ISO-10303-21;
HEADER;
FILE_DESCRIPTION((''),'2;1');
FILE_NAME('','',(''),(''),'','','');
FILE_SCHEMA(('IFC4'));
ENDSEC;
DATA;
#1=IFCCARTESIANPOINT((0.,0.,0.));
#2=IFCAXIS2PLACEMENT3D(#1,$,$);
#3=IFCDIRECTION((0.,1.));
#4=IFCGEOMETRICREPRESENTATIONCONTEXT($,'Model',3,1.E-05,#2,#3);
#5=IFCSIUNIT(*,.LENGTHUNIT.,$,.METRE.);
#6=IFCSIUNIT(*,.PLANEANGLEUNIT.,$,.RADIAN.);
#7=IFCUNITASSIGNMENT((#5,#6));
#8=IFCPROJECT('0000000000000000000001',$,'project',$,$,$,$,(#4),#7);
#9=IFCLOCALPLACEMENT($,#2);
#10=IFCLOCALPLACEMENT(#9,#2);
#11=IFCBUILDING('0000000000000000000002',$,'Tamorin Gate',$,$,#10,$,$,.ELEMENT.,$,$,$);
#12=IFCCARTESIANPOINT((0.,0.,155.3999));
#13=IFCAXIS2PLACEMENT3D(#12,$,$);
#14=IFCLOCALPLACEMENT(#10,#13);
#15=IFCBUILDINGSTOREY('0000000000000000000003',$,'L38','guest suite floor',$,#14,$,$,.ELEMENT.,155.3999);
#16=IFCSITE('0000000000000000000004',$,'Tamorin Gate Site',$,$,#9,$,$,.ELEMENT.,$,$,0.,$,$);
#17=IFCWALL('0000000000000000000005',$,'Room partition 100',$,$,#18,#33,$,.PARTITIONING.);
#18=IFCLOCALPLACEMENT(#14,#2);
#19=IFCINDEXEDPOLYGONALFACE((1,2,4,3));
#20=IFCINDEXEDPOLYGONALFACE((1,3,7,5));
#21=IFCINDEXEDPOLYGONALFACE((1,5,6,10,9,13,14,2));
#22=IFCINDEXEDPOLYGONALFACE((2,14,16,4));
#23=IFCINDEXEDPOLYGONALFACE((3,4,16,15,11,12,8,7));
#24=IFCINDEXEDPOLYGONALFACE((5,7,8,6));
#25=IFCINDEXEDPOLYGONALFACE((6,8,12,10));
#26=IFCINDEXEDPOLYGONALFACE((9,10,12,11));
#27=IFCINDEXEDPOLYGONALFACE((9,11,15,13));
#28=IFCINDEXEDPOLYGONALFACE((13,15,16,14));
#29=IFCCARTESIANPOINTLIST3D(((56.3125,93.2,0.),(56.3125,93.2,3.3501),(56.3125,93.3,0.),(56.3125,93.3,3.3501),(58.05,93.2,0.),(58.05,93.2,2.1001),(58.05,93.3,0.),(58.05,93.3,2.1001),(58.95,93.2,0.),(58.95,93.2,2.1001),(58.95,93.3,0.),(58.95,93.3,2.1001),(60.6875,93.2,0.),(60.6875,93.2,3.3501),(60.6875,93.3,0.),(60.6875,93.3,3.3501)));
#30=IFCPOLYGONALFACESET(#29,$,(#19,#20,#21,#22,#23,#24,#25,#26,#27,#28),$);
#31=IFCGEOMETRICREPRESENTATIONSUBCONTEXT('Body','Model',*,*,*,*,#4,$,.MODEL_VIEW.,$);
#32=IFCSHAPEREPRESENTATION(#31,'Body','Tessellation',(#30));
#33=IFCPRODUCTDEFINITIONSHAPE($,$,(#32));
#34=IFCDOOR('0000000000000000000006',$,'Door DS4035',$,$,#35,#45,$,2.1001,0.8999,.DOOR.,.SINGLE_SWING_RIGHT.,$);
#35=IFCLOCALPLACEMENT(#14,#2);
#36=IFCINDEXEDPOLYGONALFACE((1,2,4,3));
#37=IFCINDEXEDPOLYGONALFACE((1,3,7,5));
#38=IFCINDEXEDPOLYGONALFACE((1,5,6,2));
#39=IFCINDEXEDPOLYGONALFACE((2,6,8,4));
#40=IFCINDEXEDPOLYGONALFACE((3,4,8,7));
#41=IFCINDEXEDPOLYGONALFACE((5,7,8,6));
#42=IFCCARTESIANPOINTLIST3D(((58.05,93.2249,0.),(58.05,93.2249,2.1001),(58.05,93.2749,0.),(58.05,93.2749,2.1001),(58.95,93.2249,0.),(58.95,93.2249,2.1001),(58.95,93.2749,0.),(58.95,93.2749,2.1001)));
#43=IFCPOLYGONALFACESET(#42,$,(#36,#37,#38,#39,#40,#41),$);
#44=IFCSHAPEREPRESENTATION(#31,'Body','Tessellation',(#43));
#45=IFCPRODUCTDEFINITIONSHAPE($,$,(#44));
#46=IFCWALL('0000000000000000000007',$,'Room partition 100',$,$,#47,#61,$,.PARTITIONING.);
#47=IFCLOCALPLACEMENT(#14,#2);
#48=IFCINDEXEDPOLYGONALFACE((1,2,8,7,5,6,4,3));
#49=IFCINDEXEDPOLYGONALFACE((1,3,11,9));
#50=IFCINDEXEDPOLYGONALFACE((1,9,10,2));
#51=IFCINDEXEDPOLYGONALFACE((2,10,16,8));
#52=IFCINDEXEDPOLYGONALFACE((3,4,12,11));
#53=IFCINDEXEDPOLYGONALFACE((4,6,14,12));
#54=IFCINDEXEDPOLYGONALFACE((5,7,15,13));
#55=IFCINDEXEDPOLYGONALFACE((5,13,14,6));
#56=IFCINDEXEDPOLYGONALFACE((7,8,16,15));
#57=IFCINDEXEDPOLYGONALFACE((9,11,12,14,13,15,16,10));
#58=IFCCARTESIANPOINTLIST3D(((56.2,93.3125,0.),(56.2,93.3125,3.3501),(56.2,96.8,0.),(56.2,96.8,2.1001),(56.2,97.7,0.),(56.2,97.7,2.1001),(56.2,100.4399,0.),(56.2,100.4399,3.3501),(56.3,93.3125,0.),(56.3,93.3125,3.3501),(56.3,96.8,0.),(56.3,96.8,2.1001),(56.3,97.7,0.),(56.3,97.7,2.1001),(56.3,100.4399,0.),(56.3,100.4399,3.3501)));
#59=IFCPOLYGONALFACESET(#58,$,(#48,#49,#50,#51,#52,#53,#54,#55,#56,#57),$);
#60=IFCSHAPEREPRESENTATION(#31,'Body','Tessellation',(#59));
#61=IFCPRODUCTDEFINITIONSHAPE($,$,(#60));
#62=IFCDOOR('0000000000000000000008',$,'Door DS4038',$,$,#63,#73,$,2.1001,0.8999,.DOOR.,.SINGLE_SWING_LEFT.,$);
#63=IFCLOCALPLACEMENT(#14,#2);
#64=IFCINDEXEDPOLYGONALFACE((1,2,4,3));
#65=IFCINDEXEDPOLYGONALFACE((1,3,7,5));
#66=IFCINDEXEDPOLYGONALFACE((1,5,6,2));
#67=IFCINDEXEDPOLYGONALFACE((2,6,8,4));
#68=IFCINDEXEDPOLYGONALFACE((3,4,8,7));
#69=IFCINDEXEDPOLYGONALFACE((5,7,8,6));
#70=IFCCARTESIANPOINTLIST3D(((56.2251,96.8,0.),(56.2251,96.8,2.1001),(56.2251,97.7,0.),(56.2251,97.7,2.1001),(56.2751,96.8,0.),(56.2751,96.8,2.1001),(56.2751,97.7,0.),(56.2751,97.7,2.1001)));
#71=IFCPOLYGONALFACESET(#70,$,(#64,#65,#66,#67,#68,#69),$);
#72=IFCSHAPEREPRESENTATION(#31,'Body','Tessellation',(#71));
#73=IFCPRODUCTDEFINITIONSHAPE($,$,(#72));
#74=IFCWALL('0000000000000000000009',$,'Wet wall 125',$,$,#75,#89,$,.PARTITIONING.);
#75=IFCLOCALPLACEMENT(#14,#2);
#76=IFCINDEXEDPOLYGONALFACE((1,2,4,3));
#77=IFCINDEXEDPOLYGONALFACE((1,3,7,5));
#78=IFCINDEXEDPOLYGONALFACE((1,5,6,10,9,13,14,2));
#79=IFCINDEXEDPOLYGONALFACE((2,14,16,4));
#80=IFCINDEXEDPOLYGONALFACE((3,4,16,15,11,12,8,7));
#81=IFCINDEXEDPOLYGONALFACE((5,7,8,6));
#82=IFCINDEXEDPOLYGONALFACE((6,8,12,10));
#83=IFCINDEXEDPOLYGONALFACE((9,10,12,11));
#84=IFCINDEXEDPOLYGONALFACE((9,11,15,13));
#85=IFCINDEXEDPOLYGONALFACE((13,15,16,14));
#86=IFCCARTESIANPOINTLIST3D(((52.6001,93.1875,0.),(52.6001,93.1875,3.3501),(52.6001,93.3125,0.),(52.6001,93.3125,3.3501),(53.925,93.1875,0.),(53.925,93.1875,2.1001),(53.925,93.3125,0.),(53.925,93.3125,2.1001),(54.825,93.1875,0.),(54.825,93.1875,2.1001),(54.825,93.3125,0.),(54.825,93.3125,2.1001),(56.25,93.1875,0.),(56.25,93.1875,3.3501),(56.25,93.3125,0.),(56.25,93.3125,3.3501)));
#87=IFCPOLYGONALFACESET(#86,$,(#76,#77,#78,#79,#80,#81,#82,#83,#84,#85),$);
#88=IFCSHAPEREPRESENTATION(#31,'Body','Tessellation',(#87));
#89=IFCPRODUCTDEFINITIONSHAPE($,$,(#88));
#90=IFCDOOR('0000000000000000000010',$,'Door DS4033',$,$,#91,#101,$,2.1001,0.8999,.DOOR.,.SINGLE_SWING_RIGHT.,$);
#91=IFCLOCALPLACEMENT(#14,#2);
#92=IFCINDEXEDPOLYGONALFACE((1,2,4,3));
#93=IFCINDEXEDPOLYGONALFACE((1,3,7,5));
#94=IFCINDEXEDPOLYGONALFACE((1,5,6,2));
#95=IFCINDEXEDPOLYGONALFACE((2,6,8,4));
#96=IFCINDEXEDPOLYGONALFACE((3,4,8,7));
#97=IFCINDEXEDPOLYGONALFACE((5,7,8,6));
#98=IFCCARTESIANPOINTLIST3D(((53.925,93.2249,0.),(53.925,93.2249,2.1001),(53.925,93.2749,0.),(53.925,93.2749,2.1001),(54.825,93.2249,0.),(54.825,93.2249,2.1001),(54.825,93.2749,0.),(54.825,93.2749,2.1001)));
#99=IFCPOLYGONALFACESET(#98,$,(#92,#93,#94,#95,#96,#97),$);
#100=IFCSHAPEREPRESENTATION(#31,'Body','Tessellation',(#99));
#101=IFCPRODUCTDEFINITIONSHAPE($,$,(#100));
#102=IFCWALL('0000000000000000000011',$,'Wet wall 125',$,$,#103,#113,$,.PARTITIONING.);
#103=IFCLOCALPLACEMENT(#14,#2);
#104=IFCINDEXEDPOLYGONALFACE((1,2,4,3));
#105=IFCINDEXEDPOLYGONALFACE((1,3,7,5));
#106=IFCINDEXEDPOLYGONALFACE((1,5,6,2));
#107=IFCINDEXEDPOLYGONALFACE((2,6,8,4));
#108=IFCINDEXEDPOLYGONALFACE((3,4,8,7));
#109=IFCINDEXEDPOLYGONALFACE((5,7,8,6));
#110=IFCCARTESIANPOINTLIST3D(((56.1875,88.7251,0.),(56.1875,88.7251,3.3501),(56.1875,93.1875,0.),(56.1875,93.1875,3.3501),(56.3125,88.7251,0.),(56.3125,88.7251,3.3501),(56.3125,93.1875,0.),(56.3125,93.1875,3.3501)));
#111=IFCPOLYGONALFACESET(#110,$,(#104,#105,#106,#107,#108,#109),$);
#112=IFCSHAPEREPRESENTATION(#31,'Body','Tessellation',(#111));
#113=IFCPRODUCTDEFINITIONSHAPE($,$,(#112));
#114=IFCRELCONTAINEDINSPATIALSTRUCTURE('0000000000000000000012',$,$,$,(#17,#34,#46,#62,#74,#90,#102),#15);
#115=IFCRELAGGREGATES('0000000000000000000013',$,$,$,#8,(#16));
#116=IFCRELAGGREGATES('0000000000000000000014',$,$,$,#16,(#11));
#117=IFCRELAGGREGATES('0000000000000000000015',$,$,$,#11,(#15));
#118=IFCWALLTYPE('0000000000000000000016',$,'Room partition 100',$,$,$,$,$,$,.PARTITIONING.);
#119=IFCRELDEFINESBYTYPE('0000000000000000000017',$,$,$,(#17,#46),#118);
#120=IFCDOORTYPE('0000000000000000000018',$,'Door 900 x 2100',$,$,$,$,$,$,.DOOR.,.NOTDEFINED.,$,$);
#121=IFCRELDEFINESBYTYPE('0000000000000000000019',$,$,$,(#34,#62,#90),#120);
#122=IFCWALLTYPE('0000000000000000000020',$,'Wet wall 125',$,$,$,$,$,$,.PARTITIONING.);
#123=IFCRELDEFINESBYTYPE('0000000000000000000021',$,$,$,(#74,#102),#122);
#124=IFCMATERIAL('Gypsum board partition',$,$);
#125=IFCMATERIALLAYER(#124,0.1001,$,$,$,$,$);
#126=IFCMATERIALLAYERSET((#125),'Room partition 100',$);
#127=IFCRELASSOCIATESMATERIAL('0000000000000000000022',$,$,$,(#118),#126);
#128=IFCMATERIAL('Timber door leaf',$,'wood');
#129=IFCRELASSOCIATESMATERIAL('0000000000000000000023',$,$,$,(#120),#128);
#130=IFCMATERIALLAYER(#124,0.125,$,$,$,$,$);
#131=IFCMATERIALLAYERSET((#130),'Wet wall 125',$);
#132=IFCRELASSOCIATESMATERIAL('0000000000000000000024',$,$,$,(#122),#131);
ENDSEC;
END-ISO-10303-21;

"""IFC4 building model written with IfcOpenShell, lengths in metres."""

from ifc_helpers import new_model, si_unit, direction, frame, frame_2d, origin, place, context, subcontext, project, spatial, rectangle, extrude, material, layer, layer_set, type_object, element, fill, save


model = new_model("IFC4")

# Units and contexts
model_context = context("Model", 3, precision=1e-05, world=origin(), true_north=direction((0.0, 1.0)))
body_context = subcontext(model_context, "Body", "Model", "MODEL_VIEW")
ifc_project = project(units=[si_unit("LENGTHUNIT", "METRE"), si_unit("PLANEANGLEUNIT", "RADIAN")], contexts=[model_context])

# Site, building, storey
site_placement = place(None, origin())
site = spatial("IfcSite", under=ifc_project, at=site_placement, Name="Tamorin Gate Site", CompositionType="ELEMENT", RefElevation=0.0)
building_placement = place(site_placement, origin())
building = spatial("IfcBuilding", under=site, at=building_placement, Name="Tamorin Gate", CompositionType="ELEMENT")
storey_placement = place(building_placement, frame((0.0, 0.0, 155.3999)))
storey = spatial("IfcBuildingStorey", under=building, at=storey_placement, Name="L38", Description="guest suite floor", CompositionType="ELEMENT", Elevation=155.3999)

# Shared definitions
ifc_material_1 = material(Name="Gypsum board partition")

# Walls, openings, doors
ifc_layer_1 = layer(ifc_material_1, 0.1001)
ifc_layer_set_1 = layer_set([ifc_layer_1], Name="Room partition 100")
wall_type_1 = type_object("IfcWallType", Name="Room partition 100", PredefinedType="PARTITIONING", material=ifc_layer_set_1)
ifc_material_2 = material(Name="Timber door leaf", Category="wood")
wall_1_placement = place(storey_placement, frame((56.3125, 93.25, 0.0), z_axis=(0.0, 0.0, 1.0), x_axis=(1.0, 0.0, 0.0)))
wall_1 = element("IfcWall", 1, at=wall_1_placement, inside=storey, type_object=wall_type_1, Name="Room partition 100", PredefinedType="PARTITIONING", context=body_context, shape_type="SweptSolid", body=[
    extrude(rectangle(XDim=4.375, YDim=0.1001, at=frame_2d((2.1875, 0.0))), origin(), (0.0, 0.0, 1.0), 3.3501),
])
opening_1_placement = place(wall_1_placement, frame((1.7375, 0.0, 0.0)))
opening_1 = element("IfcOpeningElement", 2, at=opening_1_placement, cuts=wall_1, PredefinedType="OPENING", context=body_context, shape_type="SweptSolid", body=[
    extrude(rectangle(XDim=0.8999, YDim=2.1001, at=frame_2d((0.45, 1.05))), frame((0.0, 0.0601, 0.0), z_axis=(0.0, -1.0, 0.0), x_axis=(1.0, 0.0, 0.0)), (0.0, 0.0, 1.0), 0.1201),
])
door_type_1 = type_object("IfcDoorType", Name="Door 900 x 2100", OperationType="NOTDEFINED", PredefinedType="DOOR", material=ifc_material_2)
door_1_placement = place(opening_1_placement, origin())
door_1 = element("IfcDoor", 3, at=door_1_placement, inside=storey, type_object=door_type_1, Name="Door DS4035", OperationType="SINGLE_SWING_RIGHT", OverallHeight=2.1001, OverallWidth=0.8999, PredefinedType="DOOR", context=body_context, shape_type="SweptSolid", body=[
    extrude(rectangle(XDim=0.8999, YDim=2.1001, at=frame_2d((0.45, 1.05))), frame((0.0, 0.0249, 0.0), z_axis=(0.0, -1.0, 0.0), x_axis=(1.0, 0.0, 0.0)), (0.0, 0.0, 1.0), 0.05),
])
fill(opening_1, door_1)
wall_2_placement = place(storey_placement, frame((56.25, 93.3125, 0.0), z_axis=(0.0, 0.0, 1.0), x_axis=(0.0, 1.0, 0.0)))
wall_2 = element("IfcWall", 4, at=wall_2_placement, inside=storey, type_object=wall_type_1, Name="Room partition 100", PredefinedType="PARTITIONING", context=body_context, shape_type="SweptSolid", body=[
    extrude(rectangle(XDim=7.1274, YDim=0.1001, at=frame_2d((3.5637, 0.0))), origin(), (0.0, 0.0, 1.0), 3.3501),
])
opening_2_placement = place(wall_2_placement, frame((3.4875, 0.0, 0.0)))
opening_2 = element("IfcOpeningElement", 5, at=opening_2_placement, cuts=wall_2, PredefinedType="OPENING", context=body_context, shape_type="SweptSolid", body=[
    extrude(rectangle(XDim=0.8999, YDim=2.1001, at=frame_2d((0.45, 1.05))), frame((0.0, 0.0601, 0.0), z_axis=(0.0, -1.0, 0.0), x_axis=(1.0, 0.0, 0.0)), (0.0, 0.0, 1.0), 0.1201),
])
door_2_placement = place(opening_2_placement, origin())
door_2 = element("IfcDoor", 6, at=door_2_placement, inside=storey, type_object=door_type_1, Name="Door DS4038", OperationType="SINGLE_SWING_LEFT", OverallHeight=2.1001, OverallWidth=0.8999, PredefinedType="DOOR", context=body_context, shape_type="SweptSolid", body=[
    extrude(rectangle(XDim=0.8999, YDim=2.1001, at=frame_2d((0.45, 1.05))), frame((0.0, 0.0249, 0.0), z_axis=(0.0, -1.0, 0.0), x_axis=(1.0, 0.0, 0.0)), (0.0, 0.0, 1.0), 0.05),
])
fill(opening_2, door_2)
ifc_layer_2 = layer(ifc_material_1, 0.125)
ifc_layer_set_2 = layer_set([ifc_layer_2], Name="Wet wall 125")
wall_type_2 = type_object("IfcWallType", Name="Wet wall 125", PredefinedType="PARTITIONING", material=ifc_layer_set_2)
wall_3_placement = place(storey_placement, frame((52.6001, 93.25, 0.0), z_axis=(0.0, 0.0, 1.0), x_axis=(1.0, 0.0, 0.0)))
wall_3 = element("IfcWall", 7, at=wall_3_placement, inside=storey, type_object=wall_type_2, Name="Wet wall 125", PredefinedType="PARTITIONING", context=body_context, shape_type="SweptSolid", body=[
    extrude(rectangle(XDim=3.6499, YDim=0.125, at=frame_2d((1.825, 0.0))), origin(), (0.0, 0.0, 1.0), 3.3501),
])
opening_3_placement = place(wall_3_placement, frame((1.325, 0.0, 0.0)))
opening_3 = element("IfcOpeningElement", 8, at=opening_3_placement, cuts=wall_3, PredefinedType="OPENING", context=body_context, shape_type="SweptSolid", body=[
    extrude(rectangle(XDim=0.8999, YDim=2.1001, at=frame_2d((0.45, 1.05))), frame((0.0, 0.0725, 0.0), z_axis=(0.0, -1.0, 0.0), x_axis=(1.0, 0.0, 0.0)), (0.0, 0.0, 1.0), 0.145),
])
door_3_placement = place(opening_3_placement, origin())
door_3 = element("IfcDoor", 9, at=door_3_placement, inside=storey, type_object=door_type_1, Name="Door DS4033", OperationType="SINGLE_SWING_RIGHT", OverallHeight=2.1001, OverallWidth=0.8999, PredefinedType="DOOR", context=body_context, shape_type="SweptSolid", body=[
    extrude(rectangle(XDim=0.8999, YDim=2.1001, at=frame_2d((0.45, 1.05))), frame((0.0, 0.0249, 0.0), z_axis=(0.0, -1.0, 0.0), x_axis=(1.0, 0.0, 0.0)), (0.0, 0.0, 1.0), 0.05),
])
fill(opening_3, door_3)

# Wall
wall_4_placement = place(storey_placement, frame((56.25, 88.7251, 0.0), z_axis=(0.0, 0.0, 1.0), x_axis=(0.0, 1.0, 0.0)))
element("IfcWall", 10, at=wall_4_placement, inside=storey, type_object=wall_type_2, Name="Wet wall 125", PredefinedType="PARTITIONING", context=body_context, shape_type="SweptSolid", body=[
    extrude(rectangle(XDim=4.4624, YDim=0.125, at=frame_2d((2.2312, 0.0))), origin(), (0.0, 0.0, 1.0), 3.3501),
])

save(model, "model.ifc")
